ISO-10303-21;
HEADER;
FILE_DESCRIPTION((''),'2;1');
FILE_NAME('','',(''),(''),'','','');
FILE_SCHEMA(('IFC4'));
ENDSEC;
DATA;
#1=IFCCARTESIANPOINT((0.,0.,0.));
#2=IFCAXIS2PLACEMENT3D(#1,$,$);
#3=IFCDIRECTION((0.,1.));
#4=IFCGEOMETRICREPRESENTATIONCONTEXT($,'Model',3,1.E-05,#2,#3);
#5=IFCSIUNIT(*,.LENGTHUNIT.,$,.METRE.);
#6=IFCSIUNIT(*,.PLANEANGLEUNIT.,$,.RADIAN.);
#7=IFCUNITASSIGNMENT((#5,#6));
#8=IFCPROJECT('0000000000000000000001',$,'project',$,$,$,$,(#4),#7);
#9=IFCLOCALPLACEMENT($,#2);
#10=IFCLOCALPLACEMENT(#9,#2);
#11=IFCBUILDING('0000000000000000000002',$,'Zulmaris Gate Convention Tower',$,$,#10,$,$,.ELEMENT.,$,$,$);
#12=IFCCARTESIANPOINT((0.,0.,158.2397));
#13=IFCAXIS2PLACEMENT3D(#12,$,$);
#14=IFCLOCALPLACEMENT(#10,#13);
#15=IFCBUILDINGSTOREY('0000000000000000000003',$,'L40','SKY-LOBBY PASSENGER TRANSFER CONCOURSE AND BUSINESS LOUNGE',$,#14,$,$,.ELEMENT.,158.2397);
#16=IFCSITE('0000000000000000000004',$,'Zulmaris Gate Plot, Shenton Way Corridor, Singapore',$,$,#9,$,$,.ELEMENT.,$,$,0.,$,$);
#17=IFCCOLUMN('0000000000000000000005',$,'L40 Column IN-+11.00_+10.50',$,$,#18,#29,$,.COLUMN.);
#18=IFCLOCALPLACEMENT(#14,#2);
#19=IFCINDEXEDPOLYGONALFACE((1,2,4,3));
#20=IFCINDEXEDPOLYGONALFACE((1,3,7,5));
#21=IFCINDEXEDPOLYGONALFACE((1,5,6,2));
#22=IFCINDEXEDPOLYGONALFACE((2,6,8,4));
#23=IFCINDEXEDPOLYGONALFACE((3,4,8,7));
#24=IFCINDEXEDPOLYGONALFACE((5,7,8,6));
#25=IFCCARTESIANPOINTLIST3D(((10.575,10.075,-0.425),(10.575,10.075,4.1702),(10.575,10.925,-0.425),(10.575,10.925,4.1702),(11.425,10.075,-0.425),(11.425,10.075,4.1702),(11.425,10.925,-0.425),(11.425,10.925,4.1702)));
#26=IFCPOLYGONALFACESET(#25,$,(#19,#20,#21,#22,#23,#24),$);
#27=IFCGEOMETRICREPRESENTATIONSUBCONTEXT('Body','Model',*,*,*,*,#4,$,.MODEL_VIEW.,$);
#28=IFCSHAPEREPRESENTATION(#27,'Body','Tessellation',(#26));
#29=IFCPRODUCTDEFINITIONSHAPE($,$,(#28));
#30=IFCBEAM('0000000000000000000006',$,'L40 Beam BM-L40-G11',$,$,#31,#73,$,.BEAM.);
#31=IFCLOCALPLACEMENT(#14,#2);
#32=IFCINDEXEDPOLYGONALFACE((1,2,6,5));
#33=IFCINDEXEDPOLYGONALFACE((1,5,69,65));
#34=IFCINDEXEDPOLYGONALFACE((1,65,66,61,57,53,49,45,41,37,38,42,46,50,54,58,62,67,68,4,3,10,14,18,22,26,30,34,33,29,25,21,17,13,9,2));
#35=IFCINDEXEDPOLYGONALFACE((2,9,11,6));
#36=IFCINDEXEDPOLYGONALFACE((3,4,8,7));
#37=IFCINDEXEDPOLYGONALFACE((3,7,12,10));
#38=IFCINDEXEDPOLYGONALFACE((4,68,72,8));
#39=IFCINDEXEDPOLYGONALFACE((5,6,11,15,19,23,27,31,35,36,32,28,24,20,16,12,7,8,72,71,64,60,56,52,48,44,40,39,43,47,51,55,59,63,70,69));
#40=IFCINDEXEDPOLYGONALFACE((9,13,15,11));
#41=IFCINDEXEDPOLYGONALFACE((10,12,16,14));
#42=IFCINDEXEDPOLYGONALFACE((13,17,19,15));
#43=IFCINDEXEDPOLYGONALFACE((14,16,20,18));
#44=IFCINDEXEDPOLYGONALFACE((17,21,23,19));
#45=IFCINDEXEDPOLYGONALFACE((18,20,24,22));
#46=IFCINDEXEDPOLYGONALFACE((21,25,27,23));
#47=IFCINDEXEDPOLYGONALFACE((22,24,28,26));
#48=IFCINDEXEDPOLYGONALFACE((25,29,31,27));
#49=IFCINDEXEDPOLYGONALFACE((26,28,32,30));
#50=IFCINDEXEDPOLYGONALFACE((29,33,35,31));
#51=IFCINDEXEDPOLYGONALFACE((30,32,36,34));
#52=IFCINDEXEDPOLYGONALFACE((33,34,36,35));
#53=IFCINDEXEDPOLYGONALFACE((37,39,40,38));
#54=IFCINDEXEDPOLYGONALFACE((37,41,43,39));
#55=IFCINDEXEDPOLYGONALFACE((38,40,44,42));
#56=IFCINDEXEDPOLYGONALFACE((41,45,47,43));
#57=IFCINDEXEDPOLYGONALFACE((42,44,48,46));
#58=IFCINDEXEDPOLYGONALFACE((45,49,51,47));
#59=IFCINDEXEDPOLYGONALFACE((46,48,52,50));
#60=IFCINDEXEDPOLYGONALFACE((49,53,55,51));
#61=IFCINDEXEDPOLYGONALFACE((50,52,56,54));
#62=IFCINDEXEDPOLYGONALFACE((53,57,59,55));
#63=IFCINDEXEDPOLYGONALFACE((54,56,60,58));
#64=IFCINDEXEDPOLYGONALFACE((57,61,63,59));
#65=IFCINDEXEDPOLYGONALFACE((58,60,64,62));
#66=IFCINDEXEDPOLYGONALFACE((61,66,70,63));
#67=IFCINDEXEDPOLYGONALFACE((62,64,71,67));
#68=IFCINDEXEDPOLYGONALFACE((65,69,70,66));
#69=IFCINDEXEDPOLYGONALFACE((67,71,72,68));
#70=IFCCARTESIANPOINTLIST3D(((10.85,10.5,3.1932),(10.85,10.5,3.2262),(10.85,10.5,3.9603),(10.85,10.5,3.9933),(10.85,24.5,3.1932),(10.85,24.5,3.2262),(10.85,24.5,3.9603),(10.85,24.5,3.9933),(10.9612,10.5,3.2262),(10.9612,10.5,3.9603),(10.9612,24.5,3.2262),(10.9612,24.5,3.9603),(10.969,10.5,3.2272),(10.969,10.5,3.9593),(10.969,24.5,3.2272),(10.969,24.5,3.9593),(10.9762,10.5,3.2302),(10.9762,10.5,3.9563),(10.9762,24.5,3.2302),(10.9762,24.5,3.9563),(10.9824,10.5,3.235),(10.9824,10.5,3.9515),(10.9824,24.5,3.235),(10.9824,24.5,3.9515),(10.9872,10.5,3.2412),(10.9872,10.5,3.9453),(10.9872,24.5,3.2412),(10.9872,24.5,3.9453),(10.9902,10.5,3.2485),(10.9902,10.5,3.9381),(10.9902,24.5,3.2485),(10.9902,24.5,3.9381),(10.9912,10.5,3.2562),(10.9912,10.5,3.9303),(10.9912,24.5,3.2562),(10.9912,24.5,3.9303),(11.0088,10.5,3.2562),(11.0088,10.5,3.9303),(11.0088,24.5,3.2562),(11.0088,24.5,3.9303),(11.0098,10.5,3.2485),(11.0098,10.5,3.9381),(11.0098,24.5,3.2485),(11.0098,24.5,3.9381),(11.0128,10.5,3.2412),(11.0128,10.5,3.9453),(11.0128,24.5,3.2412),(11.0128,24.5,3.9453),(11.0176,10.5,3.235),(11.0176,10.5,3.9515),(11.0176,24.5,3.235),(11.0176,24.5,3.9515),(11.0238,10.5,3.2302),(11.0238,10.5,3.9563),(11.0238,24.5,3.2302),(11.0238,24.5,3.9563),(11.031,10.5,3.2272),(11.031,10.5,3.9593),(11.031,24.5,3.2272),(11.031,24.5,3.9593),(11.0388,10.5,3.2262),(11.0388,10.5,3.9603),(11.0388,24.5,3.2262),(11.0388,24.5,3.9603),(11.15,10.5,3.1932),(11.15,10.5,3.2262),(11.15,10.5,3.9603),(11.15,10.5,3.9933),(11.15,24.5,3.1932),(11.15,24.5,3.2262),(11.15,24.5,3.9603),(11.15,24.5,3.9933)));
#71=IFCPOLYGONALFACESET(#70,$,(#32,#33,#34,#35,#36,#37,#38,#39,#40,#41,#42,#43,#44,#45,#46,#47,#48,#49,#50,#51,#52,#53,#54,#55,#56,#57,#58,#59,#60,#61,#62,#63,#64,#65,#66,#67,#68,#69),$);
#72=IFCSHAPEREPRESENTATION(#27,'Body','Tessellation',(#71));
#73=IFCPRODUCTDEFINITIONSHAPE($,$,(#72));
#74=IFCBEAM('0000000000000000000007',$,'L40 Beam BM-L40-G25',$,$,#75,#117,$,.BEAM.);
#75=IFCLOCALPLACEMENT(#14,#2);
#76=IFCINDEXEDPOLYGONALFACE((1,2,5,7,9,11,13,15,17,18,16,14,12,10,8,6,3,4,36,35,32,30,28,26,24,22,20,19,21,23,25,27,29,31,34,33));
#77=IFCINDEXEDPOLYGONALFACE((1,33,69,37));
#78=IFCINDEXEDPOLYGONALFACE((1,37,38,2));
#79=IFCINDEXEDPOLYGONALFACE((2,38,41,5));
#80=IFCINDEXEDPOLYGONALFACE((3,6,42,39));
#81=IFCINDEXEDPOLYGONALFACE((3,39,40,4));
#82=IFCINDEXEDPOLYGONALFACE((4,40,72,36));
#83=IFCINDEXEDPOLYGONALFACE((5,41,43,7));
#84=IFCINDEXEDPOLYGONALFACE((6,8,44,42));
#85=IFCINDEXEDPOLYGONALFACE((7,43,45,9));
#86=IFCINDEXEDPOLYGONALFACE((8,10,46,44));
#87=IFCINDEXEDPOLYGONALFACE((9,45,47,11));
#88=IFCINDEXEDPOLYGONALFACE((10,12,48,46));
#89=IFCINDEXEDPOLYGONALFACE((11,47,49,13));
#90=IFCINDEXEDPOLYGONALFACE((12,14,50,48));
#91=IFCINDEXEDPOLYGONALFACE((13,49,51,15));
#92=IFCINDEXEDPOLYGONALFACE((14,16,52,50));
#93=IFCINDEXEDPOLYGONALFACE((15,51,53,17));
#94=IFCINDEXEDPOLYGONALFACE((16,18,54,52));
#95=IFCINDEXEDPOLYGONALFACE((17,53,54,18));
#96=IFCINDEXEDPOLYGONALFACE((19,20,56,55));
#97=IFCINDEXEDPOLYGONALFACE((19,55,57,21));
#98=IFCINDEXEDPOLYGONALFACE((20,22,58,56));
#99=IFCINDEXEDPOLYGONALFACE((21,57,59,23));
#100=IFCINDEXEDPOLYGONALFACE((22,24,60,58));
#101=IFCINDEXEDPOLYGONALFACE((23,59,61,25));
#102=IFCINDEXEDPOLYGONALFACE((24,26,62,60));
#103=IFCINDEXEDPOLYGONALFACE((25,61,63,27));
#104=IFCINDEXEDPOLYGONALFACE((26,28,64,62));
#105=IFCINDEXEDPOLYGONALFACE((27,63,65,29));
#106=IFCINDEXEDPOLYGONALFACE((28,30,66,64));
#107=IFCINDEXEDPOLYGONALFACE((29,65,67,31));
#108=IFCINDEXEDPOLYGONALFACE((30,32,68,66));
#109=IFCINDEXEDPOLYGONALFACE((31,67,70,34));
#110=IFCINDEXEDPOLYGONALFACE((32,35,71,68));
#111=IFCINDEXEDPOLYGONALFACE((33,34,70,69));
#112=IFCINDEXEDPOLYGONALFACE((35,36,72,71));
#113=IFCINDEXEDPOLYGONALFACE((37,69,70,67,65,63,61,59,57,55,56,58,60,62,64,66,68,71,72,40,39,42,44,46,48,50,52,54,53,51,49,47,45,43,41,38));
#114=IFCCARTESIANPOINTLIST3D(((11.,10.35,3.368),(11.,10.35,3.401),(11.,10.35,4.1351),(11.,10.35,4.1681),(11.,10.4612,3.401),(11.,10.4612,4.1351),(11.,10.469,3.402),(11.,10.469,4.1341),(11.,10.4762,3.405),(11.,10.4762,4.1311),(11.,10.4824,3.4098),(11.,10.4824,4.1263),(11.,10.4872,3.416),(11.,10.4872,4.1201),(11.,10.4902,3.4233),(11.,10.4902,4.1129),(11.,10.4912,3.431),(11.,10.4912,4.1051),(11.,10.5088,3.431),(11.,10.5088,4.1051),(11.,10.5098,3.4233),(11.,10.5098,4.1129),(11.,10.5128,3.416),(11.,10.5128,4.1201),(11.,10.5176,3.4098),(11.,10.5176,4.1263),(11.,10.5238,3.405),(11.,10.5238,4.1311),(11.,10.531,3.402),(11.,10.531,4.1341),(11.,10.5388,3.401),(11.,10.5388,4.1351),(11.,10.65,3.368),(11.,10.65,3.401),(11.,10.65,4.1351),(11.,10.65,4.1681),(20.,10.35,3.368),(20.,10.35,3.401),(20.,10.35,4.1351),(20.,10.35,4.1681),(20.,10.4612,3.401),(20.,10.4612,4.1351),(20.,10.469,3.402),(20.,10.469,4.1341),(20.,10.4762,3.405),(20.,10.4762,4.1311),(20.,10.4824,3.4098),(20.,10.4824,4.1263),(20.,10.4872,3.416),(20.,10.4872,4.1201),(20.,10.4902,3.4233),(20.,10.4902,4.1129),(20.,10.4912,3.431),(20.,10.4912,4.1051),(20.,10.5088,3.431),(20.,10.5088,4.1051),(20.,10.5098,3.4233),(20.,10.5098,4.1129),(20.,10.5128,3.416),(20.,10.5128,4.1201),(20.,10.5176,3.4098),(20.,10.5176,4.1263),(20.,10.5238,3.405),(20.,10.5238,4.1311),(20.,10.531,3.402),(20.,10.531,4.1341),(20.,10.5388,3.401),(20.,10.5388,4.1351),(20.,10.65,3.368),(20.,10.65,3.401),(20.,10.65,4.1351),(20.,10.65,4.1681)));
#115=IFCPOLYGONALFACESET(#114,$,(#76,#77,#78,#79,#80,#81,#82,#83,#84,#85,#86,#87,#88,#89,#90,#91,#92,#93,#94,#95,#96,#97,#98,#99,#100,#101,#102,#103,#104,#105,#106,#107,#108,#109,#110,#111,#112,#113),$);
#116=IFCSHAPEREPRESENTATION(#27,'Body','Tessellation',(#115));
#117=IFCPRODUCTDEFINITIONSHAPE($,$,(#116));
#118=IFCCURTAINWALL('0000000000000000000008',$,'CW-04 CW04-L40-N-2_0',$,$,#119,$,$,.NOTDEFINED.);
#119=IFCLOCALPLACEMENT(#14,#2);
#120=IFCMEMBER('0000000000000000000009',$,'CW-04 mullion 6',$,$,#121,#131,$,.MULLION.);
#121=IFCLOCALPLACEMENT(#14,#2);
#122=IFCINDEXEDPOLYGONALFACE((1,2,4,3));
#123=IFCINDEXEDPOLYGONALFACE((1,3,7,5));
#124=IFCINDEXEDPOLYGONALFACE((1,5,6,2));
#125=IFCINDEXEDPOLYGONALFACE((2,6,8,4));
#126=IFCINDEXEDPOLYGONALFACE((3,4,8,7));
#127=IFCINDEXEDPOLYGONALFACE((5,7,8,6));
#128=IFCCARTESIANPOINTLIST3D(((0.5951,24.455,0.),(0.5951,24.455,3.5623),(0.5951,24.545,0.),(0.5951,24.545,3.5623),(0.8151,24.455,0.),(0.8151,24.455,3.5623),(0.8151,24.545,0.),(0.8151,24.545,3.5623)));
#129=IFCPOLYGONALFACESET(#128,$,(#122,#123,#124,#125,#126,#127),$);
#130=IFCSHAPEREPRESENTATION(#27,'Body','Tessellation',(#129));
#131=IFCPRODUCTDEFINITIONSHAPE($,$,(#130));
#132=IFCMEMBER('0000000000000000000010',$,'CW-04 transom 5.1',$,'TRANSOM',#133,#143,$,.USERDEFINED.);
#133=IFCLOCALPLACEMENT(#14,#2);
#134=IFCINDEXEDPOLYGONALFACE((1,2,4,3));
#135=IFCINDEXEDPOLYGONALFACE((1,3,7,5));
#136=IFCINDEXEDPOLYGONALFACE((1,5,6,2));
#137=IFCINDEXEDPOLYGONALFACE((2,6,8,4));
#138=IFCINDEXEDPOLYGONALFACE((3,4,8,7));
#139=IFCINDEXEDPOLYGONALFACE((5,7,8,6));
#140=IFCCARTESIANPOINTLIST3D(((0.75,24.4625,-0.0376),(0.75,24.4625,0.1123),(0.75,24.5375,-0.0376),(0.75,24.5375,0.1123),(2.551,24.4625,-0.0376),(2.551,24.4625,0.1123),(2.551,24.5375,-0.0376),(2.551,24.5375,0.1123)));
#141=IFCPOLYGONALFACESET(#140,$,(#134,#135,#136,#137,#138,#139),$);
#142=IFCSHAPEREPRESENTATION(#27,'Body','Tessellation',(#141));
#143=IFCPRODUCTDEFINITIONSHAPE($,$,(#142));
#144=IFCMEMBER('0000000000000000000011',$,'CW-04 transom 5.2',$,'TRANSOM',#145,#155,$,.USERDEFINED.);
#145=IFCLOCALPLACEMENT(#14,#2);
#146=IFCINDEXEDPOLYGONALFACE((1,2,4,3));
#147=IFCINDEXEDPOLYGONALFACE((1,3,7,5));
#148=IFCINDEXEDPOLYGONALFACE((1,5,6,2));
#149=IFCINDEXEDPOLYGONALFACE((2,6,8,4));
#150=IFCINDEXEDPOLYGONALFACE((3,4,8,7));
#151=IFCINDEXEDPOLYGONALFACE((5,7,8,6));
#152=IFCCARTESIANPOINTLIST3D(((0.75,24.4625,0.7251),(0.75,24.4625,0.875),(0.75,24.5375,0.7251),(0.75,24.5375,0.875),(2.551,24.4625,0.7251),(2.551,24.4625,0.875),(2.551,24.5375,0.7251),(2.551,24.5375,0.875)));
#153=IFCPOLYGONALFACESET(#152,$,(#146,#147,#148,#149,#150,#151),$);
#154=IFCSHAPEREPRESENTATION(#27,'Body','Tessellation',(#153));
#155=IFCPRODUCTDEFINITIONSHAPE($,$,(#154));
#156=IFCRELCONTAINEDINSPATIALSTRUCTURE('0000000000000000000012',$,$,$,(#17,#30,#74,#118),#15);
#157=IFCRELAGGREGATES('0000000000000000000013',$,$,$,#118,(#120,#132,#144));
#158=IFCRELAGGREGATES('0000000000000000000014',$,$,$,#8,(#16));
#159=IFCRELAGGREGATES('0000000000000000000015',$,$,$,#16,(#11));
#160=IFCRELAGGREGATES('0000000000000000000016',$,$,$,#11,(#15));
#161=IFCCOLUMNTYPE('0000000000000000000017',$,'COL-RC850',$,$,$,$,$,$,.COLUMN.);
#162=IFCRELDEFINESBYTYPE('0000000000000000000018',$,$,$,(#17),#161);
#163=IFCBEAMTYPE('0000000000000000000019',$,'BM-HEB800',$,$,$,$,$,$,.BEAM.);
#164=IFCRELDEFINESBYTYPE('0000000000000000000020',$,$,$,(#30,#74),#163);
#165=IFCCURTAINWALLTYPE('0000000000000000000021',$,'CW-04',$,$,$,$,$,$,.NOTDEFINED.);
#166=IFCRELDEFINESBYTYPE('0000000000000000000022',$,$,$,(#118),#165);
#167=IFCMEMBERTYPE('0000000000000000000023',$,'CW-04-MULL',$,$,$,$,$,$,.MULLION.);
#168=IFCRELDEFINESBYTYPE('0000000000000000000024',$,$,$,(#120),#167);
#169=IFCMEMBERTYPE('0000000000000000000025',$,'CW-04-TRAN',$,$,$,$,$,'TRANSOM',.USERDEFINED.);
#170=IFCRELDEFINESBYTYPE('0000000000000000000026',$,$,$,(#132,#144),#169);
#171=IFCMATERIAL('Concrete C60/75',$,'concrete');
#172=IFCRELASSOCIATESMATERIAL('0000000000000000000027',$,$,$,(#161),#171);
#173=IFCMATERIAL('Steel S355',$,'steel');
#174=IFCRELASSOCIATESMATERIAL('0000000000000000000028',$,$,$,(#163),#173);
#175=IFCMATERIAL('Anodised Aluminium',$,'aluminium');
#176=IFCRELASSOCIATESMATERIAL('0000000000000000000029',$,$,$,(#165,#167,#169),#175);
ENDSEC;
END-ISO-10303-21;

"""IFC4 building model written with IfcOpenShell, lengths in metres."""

from ifc_helpers import new_model, si_unit, direction, frame, origin, origin_2d, place, context, subcontext, project, spatial, rectangle, i_section, extrude, material, material_profile, profile_set, type_object, element, aggregate, save


model = new_model("IFC4")

# Units and contexts
model_context = context("Model", 3, precision=1e-05, world=origin(), true_north=direction((0.0, 1.0)))
body_context = subcontext(model_context, "Body", "Model", "MODEL_VIEW")
ifc_project = project(units=[si_unit("LENGTHUNIT", "METRE"), si_unit("PLANEANGLEUNIT", "RADIAN")], contexts=[model_context])

# Site, building, storey
site_placement = place(None, origin())
site = spatial("IfcSite", under=ifc_project, at=site_placement, Name="Zulmaris Gate Plot, Shenton Way Corridor, Singapore", CompositionType="ELEMENT", RefElevation=0.0)
building_placement = place(site_placement, origin())
building = spatial("IfcBuilding", under=site, at=building_placement, Name="Zulmaris Gate Convention Tower", CompositionType="ELEMENT")
storey_placement = place(building_placement, frame((0.0, 0.0, 158.2397)))
storey = spatial("IfcBuildingStorey", under=building, at=storey_placement, Name="L40", Description="SKY-LOBBY PASSENGER TRANSFER CONCOURSE AND BUSINESS LOUNGE", CompositionType="ELEMENT", Elevation=158.2397)

# Column
ifc_material_1 = material(Name="Concrete C60/75", Category="concrete")
ifc_material_profile_1 = material_profile(ifc_material_1, rectangle(XDim=0.8501, YDim=0.8501, at=origin_2d()), Name="RC COL 850x850")
ifc_profile_set_1 = profile_set([ifc_material_profile_1], Name="Concrete C60/75")
column_type = type_object("IfcColumnType", Name="COL-RC850", PredefinedType="COLUMN", material=ifc_profile_set_1)
column_placement = place(storey_placement, frame((11.0, 10.5, -0.425), z_axis=(0.0, 0.0, 1.0), x_axis=(1.0, 0.0, 0.0)))
element("IfcColumn", 1, at=column_placement, inside=storey, type_object=column_type, Name="L40 Column IN-+11.00_+10.50", PredefinedType="COLUMN", context=body_context, shape_type="SweptSolid", body=[
    extrude(rectangle(XDim=0.8501, YDim=0.8501, at=origin_2d()), origin(), (0.0, 0.0, 1.0), 4.5952),
])

# Beams
ifc_material_2 = material(Name="Steel S355", Category="steel")
ifc_material_profile_2 = material_profile(ifc_material_2, i_section(OverallWidth=0.3, OverallDepth=0.8, WebThickness=0.0176, FlangeThickness=0.033, FilletRadius=0.03, at=origin_2d()), Name="HEB 800")
ifc_profile_set_2 = profile_set([ifc_material_profile_2], Name="Steel S355")
beam_type_1 = type_object("IfcBeamType", Name="BM-HEB800", PredefinedType="BEAM", material=ifc_profile_set_2)
beam_1_placement = place(storey_placement, frame((11.0, 10.5, 3.5933), z_axis=(0.0, 1.0, 0.0), x_axis=(-1.0, 0.0, 0.0)))
element("IfcBeam", 2, at=beam_1_placement, inside=storey, type_object=beam_type_1, Name="L40 Beam BM-L40-G11", PredefinedType="BEAM", context=body_context, shape_type="SweptSolid", body=[
    extrude(i_section(OverallWidth=0.3, OverallDepth=0.8, WebThickness=0.0176, FlangeThickness=0.033, FilletRadius=0.03, at=origin_2d()), origin(), (0.0, 0.0, 1.0), 14.0),
])
beam_2_placement = place(storey_placement, frame((11.0, 10.5, 3.7681), z_axis=(1.0, 0.0, 0.0), x_axis=(0.0, 1.0, 0.0)))
element("IfcBeam", 3, at=beam_2_placement, inside=storey, type_object=beam_type_1, Name="L40 Beam BM-L40-G25", PredefinedType="BEAM", context=body_context, shape_type="SweptSolid", body=[
    extrude(i_section(OverallWidth=0.3, OverallDepth=0.8, WebThickness=0.0176, FlangeThickness=0.033, FilletRadius=0.03, at=origin_2d()), origin(), (0.0, 0.0, 1.0), 9.0),
])

# Curtain wall, members
ifc_material_3 = material(Name="Anodised Aluminium", Category="aluminium")
curtain_wall_type = type_object("IfcCurtainWallType", Name="CW-04", PredefinedType="NOTDEFINED", material=ifc_material_3)
curtain_wall_placement = place(storey_placement, origin())
curtain_wall = element("IfcCurtainWall", 4, at=curtain_wall_placement, inside=storey, type_object=curtain_wall_type, Name="CW-04 CW04-L40-N-2_0", PredefinedType="NOTDEFINED")
ifc_material_profile_3 = material_profile(ifc_material_3, rectangle(XDim=0.0901, YDim=0.22, at=origin_2d()), Name="ALU MULLION 90x220")
ifc_profile_set_3 = profile_set([ifc_material_profile_3], Name="Anodised Aluminium")
member_type_1 = type_object("IfcMemberType", Name="CW-04-MULL", PredefinedType="MULLION", material=ifc_profile_set_3)
member_1_placement = place(storey_placement, frame((0.7051, 24.5, 0.0), z_axis=(0.0, 0.0, 1.0), x_axis=(0.0, -1.0, 0.0)))
member_1 = element("IfcMember", 5, at=member_1_placement, type_object=member_type_1, Name="CW-04 mullion 6", PredefinedType="MULLION", context=body_context, shape_type="SweptSolid", body=[
    extrude(rectangle(XDim=0.0901, YDim=0.22, at=origin_2d()), origin(), (0.0, 0.0, 1.0), 3.5623),
])
ifc_material_profile_4 = material_profile(ifc_material_3, rectangle(XDim=0.075, YDim=0.1499, at=origin_2d()), Name="ALU TRANSOM 75x150")
ifc_profile_set_4 = profile_set([ifc_material_profile_4], Name="Anodised Aluminium")
member_type_2 = type_object("IfcMemberType", Name="CW-04-TRAN", ElementType="TRANSOM", PredefinedType="USERDEFINED", material=ifc_profile_set_4)
member_2_placement = place(storey_placement, frame((2.551, 24.5, 0.0374), z_axis=(-1.0, 0.0, 0.0), x_axis=(0.0, -1.0, 0.0)))
member_2 = element("IfcMember", 6, at=member_2_placement, type_object=member_type_2, Name="CW-04 transom 5.1", ObjectType="TRANSOM", PredefinedType="USERDEFINED", context=body_context, shape_type="SweptSolid", body=[
    extrude(rectangle(XDim=0.075, YDim=0.1499, at=origin_2d()), origin(), (0.0, 0.0, 1.0), 1.801),
])
member_3_placement = place(storey_placement, frame((2.551, 24.5, 0.8), z_axis=(-1.0, 0.0, 0.0), x_axis=(0.0, -1.0, 0.0)))
member_3 = element("IfcMember", 7, at=member_3_placement, type_object=member_type_2, Name="CW-04 transom 5.2", ObjectType="TRANSOM", PredefinedType="USERDEFINED", context=body_context, shape_type="SweptSolid", body=[
    extrude(rectangle(XDim=0.075, YDim=0.1499, at=origin_2d()), origin(), (0.0, 0.0, 1.0), 1.801),
])

aggregate(curtain_wall, [member_1, member_2, member_3])

save(model, "model.ifc")
